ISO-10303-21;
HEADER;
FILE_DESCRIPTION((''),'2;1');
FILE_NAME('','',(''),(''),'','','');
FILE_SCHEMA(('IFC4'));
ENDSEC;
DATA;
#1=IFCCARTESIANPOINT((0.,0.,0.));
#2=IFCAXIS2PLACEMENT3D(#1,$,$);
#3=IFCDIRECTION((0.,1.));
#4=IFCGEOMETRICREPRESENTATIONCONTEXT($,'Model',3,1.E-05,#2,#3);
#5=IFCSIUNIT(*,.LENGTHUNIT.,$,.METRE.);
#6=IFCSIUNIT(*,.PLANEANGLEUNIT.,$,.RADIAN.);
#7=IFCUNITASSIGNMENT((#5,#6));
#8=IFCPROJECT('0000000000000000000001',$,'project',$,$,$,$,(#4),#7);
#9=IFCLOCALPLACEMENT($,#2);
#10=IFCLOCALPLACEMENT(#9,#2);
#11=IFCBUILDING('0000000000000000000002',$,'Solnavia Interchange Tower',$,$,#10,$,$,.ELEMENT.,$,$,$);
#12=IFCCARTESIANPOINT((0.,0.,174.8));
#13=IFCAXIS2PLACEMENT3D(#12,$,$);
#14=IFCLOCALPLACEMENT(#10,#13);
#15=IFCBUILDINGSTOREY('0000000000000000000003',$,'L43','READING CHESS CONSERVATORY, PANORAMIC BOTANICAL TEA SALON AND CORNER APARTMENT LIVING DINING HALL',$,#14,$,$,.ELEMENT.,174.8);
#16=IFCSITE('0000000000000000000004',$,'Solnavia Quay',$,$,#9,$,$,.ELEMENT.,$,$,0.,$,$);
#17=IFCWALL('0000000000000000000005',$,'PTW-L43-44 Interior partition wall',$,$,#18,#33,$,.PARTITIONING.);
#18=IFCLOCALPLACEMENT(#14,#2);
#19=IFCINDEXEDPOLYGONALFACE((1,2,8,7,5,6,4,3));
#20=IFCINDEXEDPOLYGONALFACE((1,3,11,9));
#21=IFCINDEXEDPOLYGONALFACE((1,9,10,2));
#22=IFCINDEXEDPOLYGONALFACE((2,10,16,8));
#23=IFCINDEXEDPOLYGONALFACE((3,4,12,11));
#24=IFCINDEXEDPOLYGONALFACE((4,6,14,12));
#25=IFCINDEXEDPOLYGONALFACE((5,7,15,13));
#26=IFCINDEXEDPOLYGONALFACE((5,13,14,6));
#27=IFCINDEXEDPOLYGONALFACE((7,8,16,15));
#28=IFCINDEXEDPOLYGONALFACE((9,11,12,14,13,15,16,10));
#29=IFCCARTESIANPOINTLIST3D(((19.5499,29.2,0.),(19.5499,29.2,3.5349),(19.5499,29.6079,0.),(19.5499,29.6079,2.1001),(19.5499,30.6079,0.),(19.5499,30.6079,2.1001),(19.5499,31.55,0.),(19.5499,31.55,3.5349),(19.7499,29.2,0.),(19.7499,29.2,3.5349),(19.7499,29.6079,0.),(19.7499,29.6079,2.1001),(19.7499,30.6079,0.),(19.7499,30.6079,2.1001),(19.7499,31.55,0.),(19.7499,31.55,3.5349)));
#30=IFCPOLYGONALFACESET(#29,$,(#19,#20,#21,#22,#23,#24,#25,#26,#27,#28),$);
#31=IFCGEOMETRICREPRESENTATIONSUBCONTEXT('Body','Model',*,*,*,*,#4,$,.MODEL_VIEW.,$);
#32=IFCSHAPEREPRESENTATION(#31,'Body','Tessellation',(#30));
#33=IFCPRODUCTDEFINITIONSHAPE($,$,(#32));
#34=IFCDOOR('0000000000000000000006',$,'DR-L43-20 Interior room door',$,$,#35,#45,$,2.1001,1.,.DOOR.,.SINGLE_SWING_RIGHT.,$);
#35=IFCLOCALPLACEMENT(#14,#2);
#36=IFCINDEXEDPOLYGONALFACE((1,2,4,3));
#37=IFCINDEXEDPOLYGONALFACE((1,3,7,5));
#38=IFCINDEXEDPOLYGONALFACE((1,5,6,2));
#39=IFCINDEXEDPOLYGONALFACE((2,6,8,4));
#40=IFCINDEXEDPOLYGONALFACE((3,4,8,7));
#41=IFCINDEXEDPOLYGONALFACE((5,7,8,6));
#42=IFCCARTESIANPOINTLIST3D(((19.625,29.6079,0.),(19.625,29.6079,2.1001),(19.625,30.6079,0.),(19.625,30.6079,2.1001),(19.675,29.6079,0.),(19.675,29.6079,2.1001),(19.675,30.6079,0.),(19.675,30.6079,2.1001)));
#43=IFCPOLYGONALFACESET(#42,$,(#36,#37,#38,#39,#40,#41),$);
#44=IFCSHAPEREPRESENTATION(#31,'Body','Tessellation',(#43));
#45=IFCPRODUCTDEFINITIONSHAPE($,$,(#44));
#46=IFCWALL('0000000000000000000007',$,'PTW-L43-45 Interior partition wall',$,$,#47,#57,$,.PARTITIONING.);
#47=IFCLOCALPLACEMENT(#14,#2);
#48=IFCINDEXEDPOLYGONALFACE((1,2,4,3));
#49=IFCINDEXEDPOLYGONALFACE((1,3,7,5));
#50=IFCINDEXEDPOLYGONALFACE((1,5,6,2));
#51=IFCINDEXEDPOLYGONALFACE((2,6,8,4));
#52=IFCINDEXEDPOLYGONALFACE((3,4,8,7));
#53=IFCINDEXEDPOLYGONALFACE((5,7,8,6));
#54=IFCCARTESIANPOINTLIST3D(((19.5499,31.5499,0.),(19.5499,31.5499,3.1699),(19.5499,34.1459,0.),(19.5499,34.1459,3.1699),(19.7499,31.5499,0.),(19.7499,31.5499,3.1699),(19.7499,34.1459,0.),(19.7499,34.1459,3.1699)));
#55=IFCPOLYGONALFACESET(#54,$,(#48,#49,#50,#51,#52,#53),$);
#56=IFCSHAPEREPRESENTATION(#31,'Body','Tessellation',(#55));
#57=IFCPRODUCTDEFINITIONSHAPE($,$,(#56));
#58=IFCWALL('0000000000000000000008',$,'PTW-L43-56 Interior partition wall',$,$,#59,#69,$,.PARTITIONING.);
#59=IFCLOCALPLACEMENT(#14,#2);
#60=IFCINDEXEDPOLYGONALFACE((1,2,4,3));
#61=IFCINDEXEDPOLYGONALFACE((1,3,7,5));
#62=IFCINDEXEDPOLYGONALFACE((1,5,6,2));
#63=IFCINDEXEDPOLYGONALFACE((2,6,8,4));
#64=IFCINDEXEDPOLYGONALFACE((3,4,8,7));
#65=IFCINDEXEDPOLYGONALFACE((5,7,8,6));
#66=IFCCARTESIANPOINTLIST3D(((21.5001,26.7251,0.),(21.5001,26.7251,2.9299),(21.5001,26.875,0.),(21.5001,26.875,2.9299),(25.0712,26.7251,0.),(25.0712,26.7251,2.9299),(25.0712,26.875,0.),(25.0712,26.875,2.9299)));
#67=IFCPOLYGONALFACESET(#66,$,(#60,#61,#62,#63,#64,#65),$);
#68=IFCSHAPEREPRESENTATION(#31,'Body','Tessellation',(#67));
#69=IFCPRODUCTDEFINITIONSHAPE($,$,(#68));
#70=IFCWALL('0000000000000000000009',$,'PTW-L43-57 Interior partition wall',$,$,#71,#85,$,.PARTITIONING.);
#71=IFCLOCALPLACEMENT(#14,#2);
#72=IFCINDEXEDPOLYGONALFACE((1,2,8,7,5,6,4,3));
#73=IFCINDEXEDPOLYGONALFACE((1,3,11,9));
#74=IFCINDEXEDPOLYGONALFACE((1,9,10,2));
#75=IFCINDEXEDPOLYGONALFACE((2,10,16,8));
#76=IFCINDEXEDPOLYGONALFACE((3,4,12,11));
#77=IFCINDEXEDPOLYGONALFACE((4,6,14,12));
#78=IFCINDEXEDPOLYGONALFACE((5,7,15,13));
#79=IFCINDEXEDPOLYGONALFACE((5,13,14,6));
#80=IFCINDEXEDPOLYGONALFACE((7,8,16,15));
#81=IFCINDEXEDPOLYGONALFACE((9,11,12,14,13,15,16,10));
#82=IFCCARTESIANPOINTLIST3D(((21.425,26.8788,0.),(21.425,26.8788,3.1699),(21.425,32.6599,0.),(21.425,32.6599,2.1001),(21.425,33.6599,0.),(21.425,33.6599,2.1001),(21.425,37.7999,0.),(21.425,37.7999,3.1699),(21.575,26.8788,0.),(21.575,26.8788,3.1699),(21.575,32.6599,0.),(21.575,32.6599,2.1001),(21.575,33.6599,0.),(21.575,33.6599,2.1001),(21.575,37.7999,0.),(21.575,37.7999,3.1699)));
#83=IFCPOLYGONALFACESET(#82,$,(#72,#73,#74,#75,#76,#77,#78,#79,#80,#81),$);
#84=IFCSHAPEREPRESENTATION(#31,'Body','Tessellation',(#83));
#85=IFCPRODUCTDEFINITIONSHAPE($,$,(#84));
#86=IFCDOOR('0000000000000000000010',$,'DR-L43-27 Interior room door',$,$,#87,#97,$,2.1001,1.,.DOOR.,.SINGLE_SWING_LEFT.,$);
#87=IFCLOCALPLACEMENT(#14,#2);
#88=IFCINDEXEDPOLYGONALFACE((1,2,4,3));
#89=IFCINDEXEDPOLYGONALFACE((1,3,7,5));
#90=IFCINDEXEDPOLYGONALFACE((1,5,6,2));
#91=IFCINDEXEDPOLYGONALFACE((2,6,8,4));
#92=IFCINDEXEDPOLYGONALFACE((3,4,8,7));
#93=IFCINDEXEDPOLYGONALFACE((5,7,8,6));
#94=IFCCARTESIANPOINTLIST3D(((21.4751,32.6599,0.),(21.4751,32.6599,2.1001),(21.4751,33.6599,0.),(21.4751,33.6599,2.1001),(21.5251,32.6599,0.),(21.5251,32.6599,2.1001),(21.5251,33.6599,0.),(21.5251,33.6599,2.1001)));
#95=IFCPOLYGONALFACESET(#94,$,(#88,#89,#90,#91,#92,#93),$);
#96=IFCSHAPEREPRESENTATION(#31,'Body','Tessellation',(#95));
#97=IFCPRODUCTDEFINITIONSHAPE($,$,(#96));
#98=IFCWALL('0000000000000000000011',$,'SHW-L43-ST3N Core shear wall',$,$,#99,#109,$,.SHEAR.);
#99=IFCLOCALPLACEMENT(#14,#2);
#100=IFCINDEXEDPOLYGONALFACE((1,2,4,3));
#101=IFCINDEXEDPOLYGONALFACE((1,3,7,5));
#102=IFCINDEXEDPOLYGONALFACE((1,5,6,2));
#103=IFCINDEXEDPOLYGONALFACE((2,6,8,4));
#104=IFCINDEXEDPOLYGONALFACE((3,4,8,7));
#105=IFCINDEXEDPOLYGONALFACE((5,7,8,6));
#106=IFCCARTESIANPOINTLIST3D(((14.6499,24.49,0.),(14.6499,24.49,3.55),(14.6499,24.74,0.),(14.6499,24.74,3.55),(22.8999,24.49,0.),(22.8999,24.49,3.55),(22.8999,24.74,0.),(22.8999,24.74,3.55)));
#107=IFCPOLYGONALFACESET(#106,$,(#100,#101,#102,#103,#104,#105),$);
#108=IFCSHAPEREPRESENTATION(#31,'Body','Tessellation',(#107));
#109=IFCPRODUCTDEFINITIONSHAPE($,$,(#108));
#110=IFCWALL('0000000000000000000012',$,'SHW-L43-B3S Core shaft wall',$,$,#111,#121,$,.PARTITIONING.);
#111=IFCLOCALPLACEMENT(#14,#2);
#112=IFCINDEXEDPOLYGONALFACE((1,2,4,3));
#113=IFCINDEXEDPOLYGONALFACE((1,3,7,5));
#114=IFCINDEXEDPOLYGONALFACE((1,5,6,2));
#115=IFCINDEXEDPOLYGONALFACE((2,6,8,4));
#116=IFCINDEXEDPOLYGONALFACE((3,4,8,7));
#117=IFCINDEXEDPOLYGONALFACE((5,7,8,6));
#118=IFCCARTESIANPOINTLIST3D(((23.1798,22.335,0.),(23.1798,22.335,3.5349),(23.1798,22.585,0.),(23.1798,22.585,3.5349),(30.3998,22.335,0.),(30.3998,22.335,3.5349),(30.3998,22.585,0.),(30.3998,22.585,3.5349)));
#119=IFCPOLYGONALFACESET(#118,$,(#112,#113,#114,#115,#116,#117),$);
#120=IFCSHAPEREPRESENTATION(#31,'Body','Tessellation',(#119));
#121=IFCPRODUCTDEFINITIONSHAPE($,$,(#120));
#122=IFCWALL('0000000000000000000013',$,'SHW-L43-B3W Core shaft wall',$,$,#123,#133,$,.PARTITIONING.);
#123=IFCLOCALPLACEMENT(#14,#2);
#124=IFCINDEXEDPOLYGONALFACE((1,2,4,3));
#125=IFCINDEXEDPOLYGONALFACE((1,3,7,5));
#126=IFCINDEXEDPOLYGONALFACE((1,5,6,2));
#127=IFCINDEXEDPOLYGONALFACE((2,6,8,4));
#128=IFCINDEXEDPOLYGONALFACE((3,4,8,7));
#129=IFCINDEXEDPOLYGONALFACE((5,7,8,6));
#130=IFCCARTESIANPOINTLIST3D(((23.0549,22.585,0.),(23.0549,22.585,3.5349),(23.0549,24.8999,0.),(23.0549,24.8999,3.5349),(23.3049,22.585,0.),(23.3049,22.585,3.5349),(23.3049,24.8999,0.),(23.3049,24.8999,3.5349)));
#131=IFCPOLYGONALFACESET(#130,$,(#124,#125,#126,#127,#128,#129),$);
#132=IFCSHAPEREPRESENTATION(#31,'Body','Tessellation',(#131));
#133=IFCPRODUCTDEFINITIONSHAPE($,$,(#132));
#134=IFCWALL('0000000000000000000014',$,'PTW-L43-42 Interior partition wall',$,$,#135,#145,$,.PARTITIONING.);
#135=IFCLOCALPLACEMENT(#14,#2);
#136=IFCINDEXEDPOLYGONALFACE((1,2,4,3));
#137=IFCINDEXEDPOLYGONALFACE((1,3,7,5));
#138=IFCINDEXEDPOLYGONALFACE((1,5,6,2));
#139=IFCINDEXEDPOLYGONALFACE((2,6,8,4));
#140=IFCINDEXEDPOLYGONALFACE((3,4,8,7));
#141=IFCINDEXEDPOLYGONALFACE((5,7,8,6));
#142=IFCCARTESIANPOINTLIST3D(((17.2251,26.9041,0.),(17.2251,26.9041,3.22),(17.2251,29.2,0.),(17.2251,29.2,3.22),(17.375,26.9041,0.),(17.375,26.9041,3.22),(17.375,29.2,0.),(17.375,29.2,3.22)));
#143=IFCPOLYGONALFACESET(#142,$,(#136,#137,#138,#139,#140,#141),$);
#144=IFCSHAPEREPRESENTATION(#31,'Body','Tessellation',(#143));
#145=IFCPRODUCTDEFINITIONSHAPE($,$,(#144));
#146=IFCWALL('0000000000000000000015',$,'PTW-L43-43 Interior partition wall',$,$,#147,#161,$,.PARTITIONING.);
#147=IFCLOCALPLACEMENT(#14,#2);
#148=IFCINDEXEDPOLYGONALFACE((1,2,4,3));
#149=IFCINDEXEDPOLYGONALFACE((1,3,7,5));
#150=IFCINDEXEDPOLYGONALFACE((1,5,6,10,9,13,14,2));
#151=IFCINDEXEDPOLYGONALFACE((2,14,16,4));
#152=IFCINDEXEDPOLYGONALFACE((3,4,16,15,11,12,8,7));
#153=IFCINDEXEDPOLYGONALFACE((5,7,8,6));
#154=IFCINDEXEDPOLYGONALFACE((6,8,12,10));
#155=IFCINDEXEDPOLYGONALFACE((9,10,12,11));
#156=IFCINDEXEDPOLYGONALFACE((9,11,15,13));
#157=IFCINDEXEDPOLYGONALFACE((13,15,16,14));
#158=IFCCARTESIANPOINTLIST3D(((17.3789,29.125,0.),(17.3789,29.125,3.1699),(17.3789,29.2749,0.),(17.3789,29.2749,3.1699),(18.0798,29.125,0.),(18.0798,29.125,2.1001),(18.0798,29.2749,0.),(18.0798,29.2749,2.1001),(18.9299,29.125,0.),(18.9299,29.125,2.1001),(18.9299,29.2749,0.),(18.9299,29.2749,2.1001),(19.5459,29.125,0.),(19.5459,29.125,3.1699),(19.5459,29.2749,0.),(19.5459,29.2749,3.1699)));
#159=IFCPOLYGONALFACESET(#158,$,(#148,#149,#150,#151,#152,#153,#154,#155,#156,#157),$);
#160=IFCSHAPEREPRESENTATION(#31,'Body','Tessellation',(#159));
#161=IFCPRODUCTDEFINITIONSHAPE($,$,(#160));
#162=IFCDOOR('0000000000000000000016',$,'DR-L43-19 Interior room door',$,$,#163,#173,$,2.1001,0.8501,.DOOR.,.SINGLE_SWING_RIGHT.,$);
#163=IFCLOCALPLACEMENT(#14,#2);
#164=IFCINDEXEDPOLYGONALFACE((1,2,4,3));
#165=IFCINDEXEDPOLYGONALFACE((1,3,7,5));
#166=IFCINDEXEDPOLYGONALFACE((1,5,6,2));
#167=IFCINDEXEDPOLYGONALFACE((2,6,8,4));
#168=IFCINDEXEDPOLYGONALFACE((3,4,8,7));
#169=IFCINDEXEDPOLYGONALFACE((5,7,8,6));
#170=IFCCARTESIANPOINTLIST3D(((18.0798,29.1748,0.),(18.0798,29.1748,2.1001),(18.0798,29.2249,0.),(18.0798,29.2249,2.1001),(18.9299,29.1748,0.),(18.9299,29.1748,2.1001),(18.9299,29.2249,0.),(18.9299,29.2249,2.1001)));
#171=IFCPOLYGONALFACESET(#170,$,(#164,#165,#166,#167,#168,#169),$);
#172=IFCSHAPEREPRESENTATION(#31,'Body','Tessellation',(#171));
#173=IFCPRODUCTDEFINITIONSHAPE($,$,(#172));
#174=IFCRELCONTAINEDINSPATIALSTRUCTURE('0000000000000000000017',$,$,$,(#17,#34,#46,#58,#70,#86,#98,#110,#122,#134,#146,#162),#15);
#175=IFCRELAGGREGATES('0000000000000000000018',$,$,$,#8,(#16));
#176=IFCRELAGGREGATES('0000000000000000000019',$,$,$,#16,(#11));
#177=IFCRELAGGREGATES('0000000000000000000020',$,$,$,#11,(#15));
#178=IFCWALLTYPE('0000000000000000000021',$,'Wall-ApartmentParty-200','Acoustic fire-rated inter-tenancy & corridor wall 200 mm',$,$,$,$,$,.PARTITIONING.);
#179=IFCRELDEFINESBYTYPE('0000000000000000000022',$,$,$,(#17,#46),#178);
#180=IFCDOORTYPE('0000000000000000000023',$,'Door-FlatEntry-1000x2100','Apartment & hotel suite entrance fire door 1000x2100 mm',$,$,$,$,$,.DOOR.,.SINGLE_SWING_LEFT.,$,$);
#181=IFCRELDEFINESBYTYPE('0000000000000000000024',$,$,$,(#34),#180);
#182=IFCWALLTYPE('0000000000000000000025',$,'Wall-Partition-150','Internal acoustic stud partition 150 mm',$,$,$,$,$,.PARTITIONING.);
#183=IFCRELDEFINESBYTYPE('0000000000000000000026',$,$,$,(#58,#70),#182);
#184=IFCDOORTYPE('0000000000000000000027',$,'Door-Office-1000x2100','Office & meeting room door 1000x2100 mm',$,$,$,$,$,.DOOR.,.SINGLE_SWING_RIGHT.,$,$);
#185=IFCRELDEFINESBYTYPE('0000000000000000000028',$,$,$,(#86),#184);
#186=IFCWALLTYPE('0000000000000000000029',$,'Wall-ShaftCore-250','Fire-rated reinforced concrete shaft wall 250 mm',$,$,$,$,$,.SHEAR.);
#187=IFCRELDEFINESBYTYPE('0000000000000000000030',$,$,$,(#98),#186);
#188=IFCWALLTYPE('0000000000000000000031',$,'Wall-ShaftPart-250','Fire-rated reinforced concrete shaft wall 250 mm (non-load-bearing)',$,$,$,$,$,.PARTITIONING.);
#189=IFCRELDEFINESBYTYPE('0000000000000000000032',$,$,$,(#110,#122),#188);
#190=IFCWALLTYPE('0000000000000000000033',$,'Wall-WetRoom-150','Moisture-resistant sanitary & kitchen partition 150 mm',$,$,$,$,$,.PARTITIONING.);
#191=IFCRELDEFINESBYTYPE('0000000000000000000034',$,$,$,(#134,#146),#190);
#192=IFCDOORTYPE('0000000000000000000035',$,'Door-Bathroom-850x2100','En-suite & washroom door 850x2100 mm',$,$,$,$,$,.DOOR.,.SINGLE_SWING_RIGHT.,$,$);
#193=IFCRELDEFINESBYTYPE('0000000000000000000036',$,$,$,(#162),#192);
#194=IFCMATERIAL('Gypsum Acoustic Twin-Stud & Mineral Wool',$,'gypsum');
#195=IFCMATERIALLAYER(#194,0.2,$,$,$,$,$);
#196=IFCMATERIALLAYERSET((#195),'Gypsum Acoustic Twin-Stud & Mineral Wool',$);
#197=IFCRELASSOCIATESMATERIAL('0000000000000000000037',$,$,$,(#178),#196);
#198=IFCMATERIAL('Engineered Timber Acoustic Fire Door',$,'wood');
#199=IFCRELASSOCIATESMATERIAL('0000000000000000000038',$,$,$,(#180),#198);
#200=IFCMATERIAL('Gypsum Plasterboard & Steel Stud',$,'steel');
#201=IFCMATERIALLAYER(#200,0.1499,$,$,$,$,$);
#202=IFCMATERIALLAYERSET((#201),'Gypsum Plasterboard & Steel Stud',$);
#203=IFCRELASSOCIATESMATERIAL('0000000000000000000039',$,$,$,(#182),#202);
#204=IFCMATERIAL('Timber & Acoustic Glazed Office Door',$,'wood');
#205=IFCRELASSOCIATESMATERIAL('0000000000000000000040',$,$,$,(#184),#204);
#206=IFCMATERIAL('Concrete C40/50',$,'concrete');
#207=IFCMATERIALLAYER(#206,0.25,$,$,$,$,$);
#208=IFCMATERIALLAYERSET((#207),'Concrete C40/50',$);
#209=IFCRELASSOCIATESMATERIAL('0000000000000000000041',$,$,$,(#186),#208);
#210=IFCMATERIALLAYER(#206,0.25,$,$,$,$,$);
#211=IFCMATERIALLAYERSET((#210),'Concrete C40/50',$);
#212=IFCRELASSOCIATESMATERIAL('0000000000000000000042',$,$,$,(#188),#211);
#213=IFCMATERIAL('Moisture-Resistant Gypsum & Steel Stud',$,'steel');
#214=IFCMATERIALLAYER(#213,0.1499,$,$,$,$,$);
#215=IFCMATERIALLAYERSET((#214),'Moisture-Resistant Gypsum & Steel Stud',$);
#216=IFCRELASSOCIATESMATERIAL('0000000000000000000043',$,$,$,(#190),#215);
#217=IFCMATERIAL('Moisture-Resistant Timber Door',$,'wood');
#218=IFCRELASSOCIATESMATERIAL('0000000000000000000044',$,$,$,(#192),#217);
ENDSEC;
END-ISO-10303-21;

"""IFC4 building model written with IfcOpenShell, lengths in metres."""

from ifc_helpers import new_model, si_unit, direction, frame, frame_2d, origin, place, context, subcontext, project, spatial, rectangle, extrude, material, layer, layer_set, type_object, element, fill, save


model = new_model("IFC4")

# Units and contexts
model_context = context("Model", 3, precision=1e-05, world=origin(), true_north=direction((0.0, 1.0)))
body_context = subcontext(model_context, "Body", "Model", "MODEL_VIEW")
ifc_project = project(units=[si_unit("LENGTHUNIT", "METRE"), si_unit("PLANEANGLEUNIT", "RADIAN")], contexts=[model_context])

# Site, building, storey
site_placement = place(None, origin())
site = spatial("IfcSite", under=ifc_project, at=site_placement, Name="Solnavia Quay", CompositionType="ELEMENT", RefElevation=0.0)
building_placement = place(site_placement, origin())
building = spatial("IfcBuilding", under=site, at=building_placement, Name="Solnavia Interchange Tower", CompositionType="ELEMENT")
storey_placement = place(building_placement, frame((0.0, 0.0, 174.8)))
storey = spatial("IfcBuildingStorey", under=building, at=storey_placement, Name="L43", Description="READING CHESS CONSERVATORY, PANORAMIC BOTANICAL TEA SALON AND CORNER APARTMENT LIVING DINING HALL", CompositionType="ELEMENT", Elevation=174.8)

# Shared definitions
ifc_material_1 = material(Name="Gypsum Acoustic Twin-Stud & Mineral Wool", Category="gypsum")
ifc_layer_1 = layer(ifc_material_1, 0.2)
ifc_layer_set_1 = layer_set([ifc_layer_1], Name="Gypsum Acoustic Twin-Stud & Mineral Wool")
wall_type_1 = type_object("IfcWallType", Name="Wall-ApartmentParty-200", Description="Acoustic fire-rated inter-tenancy & corridor wall 200 mm", PredefinedType="PARTITIONING", material=ifc_layer_set_1)

# Wall, opening, door
wall_1_placement = place(storey_placement, frame((19.6499, 29.2, 0.0), z_axis=(0.0, 0.0, 1.0), x_axis=(0.0, 1.0, 0.0)))
wall_1 = element("IfcWall", 1, at=wall_1_placement, inside=storey, type_object=wall_type_1, Name="PTW-L43-44 Interior partition wall", PredefinedType="PARTITIONING", context=body_context, shape_type="SweptSolid", body=[
    extrude(rectangle(XDim=2.3501, YDim=0.2, at=frame_2d((1.175, 0.0))), origin(), (0.0, 0.0, 1.0), 3.5349),
])
opening_1_placement = place(wall_1_placement, frame((0.408, 0.0, 0.0)))
opening_1 = element("IfcOpeningElement", 2, at=opening_1_placement, cuts=wall_1, PredefinedType="OPENING", context=body_context, shape_type="SweptSolid", body=[
    extrude(rectangle(XDim=1.0, YDim=2.1001, at=frame_2d((0.5, 1.05))), frame((0.0, 0.1099, 0.0), z_axis=(0.0, -1.0, 0.0), x_axis=(1.0, 0.0, 0.0)), (0.0, 0.0, 1.0), 0.22),
])
ifc_material_2 = material(Name="Engineered Timber Acoustic Fire Door", Category="wood")
door_type_1 = type_object("IfcDoorType", Name="Door-FlatEntry-1000x2100", Description="Apartment & hotel suite entrance fire door 1000x2100 mm", OperationType="SINGLE_SWING_LEFT", PredefinedType="DOOR", material=ifc_material_2)
door_1_placement = place(opening_1_placement, origin())
door_1 = element("IfcDoor", 3, at=door_1_placement, inside=storey, type_object=door_type_1, Name="DR-L43-20 Interior room door", OperationType="SINGLE_SWING_RIGHT", OverallHeight=2.1001, OverallWidth=1.0, PredefinedType="DOOR", context=body_context, shape_type="SweptSolid", body=[
    extrude(rectangle(XDim=1.0, YDim=2.1001, at=frame_2d((0.5, 1.05))), frame((0.0, 0.0249, 0.0), z_axis=(0.0, -1.0, 0.0), x_axis=(1.0, 0.0, 0.0)), (0.0, 0.0, 1.0), 0.05),
])
fill(opening_1, door_1)

# Walls
wall_2_placement = place(storey_placement, frame((19.6499, 31.55, 0.0), z_axis=(0.0, 0.0, 1.0), x_axis=(0.0, 1.0, 0.0)))
element("IfcWall", 4, at=wall_2_placement, inside=storey, type_object=wall_type_1, Name="PTW-L43-45 Interior partition wall", PredefinedType="PARTITIONING", context=body_context, shape_type="SweptSolid", body=[
    extrude(rectangle(XDim=2.5959, YDim=0.2, at=frame_2d((1.2979, 0.0))), origin(), (0.0, 0.0, 1.0), 3.1699),
])
ifc_material_3 = material(Name="Gypsum Plasterboard & Steel Stud", Category="steel")
ifc_layer_2 = layer(ifc_material_3, 0.1499)
ifc_layer_set_2 = layer_set([ifc_layer_2], Name="Gypsum Plasterboard & Steel Stud")
wall_type_2 = type_object("IfcWallType", Name="Wall-Partition-150", Description="Internal acoustic stud partition 150 mm", PredefinedType="PARTITIONING", material=ifc_layer_set_2)
wall_3_placement = place(storey_placement, frame((21.5, 26.8, 0.0), z_axis=(0.0, 0.0, 1.0), x_axis=(1.0, 0.0, 0.0)))
element("IfcWall", 5, at=wall_3_placement, inside=storey, type_object=wall_type_2, Name="PTW-L43-56 Interior partition wall", PredefinedType="PARTITIONING", context=body_context, shape_type="SweptSolid", body=[
    extrude(rectangle(XDim=3.571, YDim=0.1499, at=frame_2d((1.7856, 0.0))), origin(), (0.0, 0.0, 1.0), 2.9299),
])

# Wall, opening, door
wall_4_placement = place(storey_placement, frame((21.5, 26.8789, 0.0), z_axis=(0.0, 0.0, 1.0), x_axis=(0.0, 1.0, 0.0)))
wall_4 = element("IfcWall", 6, at=wall_4_placement, inside=storey, type_object=wall_type_2, Name="PTW-L43-57 Interior partition wall", PredefinedType="PARTITIONING", context=body_context, shape_type="SweptSolid", body=[
    extrude(rectangle(XDim=10.9211, YDim=0.1499, at=frame_2d((5.4604, 0.0))), origin(), (0.0, 0.0, 1.0), 3.1699),
])
opening_2_placement = place(wall_4_placement, frame((5.781, 0.0, 0.0)))
opening_2 = element("IfcOpeningElement", 7, at=opening_2_placement, cuts=wall_4, PredefinedType="OPENING", context=body_context, shape_type="SweptSolid", body=[
    extrude(rectangle(XDim=1.0, YDim=2.1001, at=frame_2d((0.5, 1.05))), frame((0.0, 0.085, 0.0), z_axis=(0.0, -1.0, 0.0), x_axis=(1.0, 0.0, 0.0)), (0.0, 0.0, 1.0), 0.1699),
])
ifc_material_4 = material(Name="Timber & Acoustic Glazed Office Door", Category="wood")
door_type_2 = type_object("IfcDoorType", Name="Door-Office-1000x2100", Description="Office & meeting room door 1000x2100 mm", OperationType="SINGLE_SWING_RIGHT", PredefinedType="DOOR", material=ifc_material_4)
door_2_placement = place(opening_2_placement, origin())
door_2 = element("IfcDoor", 8, at=door_2_placement, inside=storey, type_object=door_type_2, Name="DR-L43-27 Interior room door", OperationType="SINGLE_SWING_LEFT", OverallHeight=2.1001, OverallWidth=1.0, PredefinedType="DOOR", context=body_context, shape_type="SweptSolid", body=[
    extrude(rectangle(XDim=1.0, YDim=2.1001, at=frame_2d((0.5, 1.05))), frame((0.0, 0.0249, 0.0), z_axis=(0.0, -1.0, 0.0), x_axis=(1.0, 0.0, 0.0)), (0.0, 0.0, 1.0), 0.05),
])
fill(opening_2, door_2)

# Walls
ifc_material_5 = material(Name="Concrete C40/50", Category="concrete")
ifc_layer_3 = layer(ifc_material_5, 0.25)
ifc_layer_set_3 = layer_set([ifc_layer_3], Name="Concrete C40/50")
wall_type_3 = type_object("IfcWallType", Name="Wall-ShaftCore-250", Description="Fire-rated reinforced concrete shaft wall 250 mm", PredefinedType="SHEAR", material=ifc_layer_set_3)
wall_5_placement = place(storey_placement, frame((14.6499, 24.615, 0.0), z_axis=(0.0, 0.0, 1.0), x_axis=(1.0, 0.0, 0.0)))
element("IfcWall", 9, at=wall_5_placement, inside=storey, type_object=wall_type_3, Name="SHW-L43-ST3N Core shear wall", PredefinedType="SHEAR", context=body_context, shape_type="SweptSolid", body=[
    extrude(rectangle(XDim=8.25, YDim=0.25, at=frame_2d((4.125, 0.0))), origin(), (0.0, 0.0, 1.0), 3.55),
])
ifc_layer_4 = layer(ifc_material_5, 0.25)
ifc_layer_set_4 = layer_set([ifc_layer_4], Name="Concrete C40/50")
wall_type_4 = type_object("IfcWallType", Name="Wall-ShaftPart-250", Description="Fire-rated reinforced concrete shaft wall 250 mm (non-load-bearing)", PredefinedType="PARTITIONING", material=ifc_layer_set_4)
wall_6_placement = place(storey_placement, frame((23.1799, 22.46, 0.0), z_axis=(0.0, 0.0, 1.0), x_axis=(1.0, 0.0, 0.0)))
element("IfcWall", 10, at=wall_6_placement, inside=storey, type_object=wall_type_4, Name="SHW-L43-B3S Core shaft wall", PredefinedType="PARTITIONING", context=body_context, shape_type="SweptSolid", body=[
    extrude(rectangle(XDim=7.22, YDim=0.25, at=frame_2d((3.6099, 0.0))), origin(), (0.0, 0.0, 1.0), 3.5349),
])
wall_7_placement = place(storey_placement, frame((23.1799, 22.585, 0.0), z_axis=(0.0, 0.0, 1.0), x_axis=(0.0, 1.0, 0.0)))
element("IfcWall", 11, at=wall_7_placement, inside=storey, type_object=wall_type_4, Name="SHW-L43-B3W Core shaft wall", PredefinedType="PARTITIONING", context=body_context, shape_type="SweptSolid", body=[
    extrude(rectangle(XDim=2.3149, YDim=0.25, at=frame_2d((1.1575, 0.0))), origin(), (0.0, 0.0, 1.0), 3.5349),
])
ifc_material_6 = material(Name="Moisture-Resistant Gypsum & Steel Stud", Category="steel")
ifc_layer_5 = layer(ifc_material_6, 0.1499)
ifc_layer_set_5 = layer_set([ifc_layer_5], Name="Moisture-Resistant Gypsum & Steel Stud")
wall_type_5 = type_object("IfcWallType", Name="Wall-WetRoom-150", Description="Moisture-resistant sanitary & kitchen partition 150 mm", PredefinedType="PARTITIONING", material=ifc_layer_set_5)
wall_8_placement = place(storey_placement, frame((17.3, 26.9041, 0.0), z_axis=(0.0, 0.0, 1.0), x_axis=(0.0, 1.0, 0.0)))
element("IfcWall", 12, at=wall_8_placement, inside=storey, type_object=wall_type_5, Name="PTW-L43-42 Interior partition wall", PredefinedType="PARTITIONING", context=body_context, shape_type="SweptSolid", body=[
    extrude(rectangle(XDim=2.2959, YDim=0.1499, at=frame_2d((1.1479, 0.0))), origin(), (0.0, 0.0, 1.0), 3.22),
])

# Wall, opening, door
wall_9_placement = place(storey_placement, frame((17.3789, 29.2, 0.0), z_axis=(0.0, 0.0, 1.0), x_axis=(1.0, 0.0, 0.0)))
wall_9 = element("IfcWall", 13, at=wall_9_placement, inside=storey, type_object=wall_type_5, Name="PTW-L43-43 Interior partition wall", PredefinedType="PARTITIONING", context=body_context, shape_type="SweptSolid", body=[
    extrude(rectangle(XDim=2.167, YDim=0.1499, at=frame_2d((1.0835, 0.0))), origin(), (0.0, 0.0, 1.0), 3.1699),
])
opening_3_placement = place(wall_9_placement, frame((0.7009, 0.0, 0.0)))
opening_3 = element("IfcOpeningElement", 14, at=opening_3_placement, cuts=wall_9, PredefinedType="OPENING", context=body_context, shape_type="SweptSolid", body=[
    extrude(rectangle(XDim=0.8501, YDim=2.1001, at=frame_2d((0.425, 1.05))), frame((0.0, 0.085, 0.0), z_axis=(0.0, -1.0, 0.0), x_axis=(1.0, 0.0, 0.0)), (0.0, 0.0, 1.0), 0.1699),
])
ifc_material_7 = material(Name="Moisture-Resistant Timber Door", Category="wood")
door_type_3 = type_object("IfcDoorType", Name="Door-Bathroom-850x2100", Description="En-suite & washroom door 850x2100 mm", OperationType="SINGLE_SWING_RIGHT", PredefinedType="DOOR", material=ifc_material_7)
door_3_placement = place(opening_3_placement, origin())
door_3 = element("IfcDoor", 15, at=door_3_placement, inside=storey, type_object=door_type_3, Name="DR-L43-19 Interior room door", OperationType="SINGLE_SWING_RIGHT", OverallHeight=2.1001, OverallWidth=0.8501, PredefinedType="DOOR", context=body_context, shape_type="SweptSolid", body=[
    extrude(rectangle(XDim=0.8501, YDim=2.1001, at=frame_2d((0.425, 1.05))), frame((0.0, 0.0249, 0.0), z_axis=(0.0, -1.0, 0.0), x_axis=(1.0, 0.0, 0.0)), (0.0, 0.0, 1.0), 0.05),
])
fill(opening_3, door_3)

save(model, "model.ifc")
